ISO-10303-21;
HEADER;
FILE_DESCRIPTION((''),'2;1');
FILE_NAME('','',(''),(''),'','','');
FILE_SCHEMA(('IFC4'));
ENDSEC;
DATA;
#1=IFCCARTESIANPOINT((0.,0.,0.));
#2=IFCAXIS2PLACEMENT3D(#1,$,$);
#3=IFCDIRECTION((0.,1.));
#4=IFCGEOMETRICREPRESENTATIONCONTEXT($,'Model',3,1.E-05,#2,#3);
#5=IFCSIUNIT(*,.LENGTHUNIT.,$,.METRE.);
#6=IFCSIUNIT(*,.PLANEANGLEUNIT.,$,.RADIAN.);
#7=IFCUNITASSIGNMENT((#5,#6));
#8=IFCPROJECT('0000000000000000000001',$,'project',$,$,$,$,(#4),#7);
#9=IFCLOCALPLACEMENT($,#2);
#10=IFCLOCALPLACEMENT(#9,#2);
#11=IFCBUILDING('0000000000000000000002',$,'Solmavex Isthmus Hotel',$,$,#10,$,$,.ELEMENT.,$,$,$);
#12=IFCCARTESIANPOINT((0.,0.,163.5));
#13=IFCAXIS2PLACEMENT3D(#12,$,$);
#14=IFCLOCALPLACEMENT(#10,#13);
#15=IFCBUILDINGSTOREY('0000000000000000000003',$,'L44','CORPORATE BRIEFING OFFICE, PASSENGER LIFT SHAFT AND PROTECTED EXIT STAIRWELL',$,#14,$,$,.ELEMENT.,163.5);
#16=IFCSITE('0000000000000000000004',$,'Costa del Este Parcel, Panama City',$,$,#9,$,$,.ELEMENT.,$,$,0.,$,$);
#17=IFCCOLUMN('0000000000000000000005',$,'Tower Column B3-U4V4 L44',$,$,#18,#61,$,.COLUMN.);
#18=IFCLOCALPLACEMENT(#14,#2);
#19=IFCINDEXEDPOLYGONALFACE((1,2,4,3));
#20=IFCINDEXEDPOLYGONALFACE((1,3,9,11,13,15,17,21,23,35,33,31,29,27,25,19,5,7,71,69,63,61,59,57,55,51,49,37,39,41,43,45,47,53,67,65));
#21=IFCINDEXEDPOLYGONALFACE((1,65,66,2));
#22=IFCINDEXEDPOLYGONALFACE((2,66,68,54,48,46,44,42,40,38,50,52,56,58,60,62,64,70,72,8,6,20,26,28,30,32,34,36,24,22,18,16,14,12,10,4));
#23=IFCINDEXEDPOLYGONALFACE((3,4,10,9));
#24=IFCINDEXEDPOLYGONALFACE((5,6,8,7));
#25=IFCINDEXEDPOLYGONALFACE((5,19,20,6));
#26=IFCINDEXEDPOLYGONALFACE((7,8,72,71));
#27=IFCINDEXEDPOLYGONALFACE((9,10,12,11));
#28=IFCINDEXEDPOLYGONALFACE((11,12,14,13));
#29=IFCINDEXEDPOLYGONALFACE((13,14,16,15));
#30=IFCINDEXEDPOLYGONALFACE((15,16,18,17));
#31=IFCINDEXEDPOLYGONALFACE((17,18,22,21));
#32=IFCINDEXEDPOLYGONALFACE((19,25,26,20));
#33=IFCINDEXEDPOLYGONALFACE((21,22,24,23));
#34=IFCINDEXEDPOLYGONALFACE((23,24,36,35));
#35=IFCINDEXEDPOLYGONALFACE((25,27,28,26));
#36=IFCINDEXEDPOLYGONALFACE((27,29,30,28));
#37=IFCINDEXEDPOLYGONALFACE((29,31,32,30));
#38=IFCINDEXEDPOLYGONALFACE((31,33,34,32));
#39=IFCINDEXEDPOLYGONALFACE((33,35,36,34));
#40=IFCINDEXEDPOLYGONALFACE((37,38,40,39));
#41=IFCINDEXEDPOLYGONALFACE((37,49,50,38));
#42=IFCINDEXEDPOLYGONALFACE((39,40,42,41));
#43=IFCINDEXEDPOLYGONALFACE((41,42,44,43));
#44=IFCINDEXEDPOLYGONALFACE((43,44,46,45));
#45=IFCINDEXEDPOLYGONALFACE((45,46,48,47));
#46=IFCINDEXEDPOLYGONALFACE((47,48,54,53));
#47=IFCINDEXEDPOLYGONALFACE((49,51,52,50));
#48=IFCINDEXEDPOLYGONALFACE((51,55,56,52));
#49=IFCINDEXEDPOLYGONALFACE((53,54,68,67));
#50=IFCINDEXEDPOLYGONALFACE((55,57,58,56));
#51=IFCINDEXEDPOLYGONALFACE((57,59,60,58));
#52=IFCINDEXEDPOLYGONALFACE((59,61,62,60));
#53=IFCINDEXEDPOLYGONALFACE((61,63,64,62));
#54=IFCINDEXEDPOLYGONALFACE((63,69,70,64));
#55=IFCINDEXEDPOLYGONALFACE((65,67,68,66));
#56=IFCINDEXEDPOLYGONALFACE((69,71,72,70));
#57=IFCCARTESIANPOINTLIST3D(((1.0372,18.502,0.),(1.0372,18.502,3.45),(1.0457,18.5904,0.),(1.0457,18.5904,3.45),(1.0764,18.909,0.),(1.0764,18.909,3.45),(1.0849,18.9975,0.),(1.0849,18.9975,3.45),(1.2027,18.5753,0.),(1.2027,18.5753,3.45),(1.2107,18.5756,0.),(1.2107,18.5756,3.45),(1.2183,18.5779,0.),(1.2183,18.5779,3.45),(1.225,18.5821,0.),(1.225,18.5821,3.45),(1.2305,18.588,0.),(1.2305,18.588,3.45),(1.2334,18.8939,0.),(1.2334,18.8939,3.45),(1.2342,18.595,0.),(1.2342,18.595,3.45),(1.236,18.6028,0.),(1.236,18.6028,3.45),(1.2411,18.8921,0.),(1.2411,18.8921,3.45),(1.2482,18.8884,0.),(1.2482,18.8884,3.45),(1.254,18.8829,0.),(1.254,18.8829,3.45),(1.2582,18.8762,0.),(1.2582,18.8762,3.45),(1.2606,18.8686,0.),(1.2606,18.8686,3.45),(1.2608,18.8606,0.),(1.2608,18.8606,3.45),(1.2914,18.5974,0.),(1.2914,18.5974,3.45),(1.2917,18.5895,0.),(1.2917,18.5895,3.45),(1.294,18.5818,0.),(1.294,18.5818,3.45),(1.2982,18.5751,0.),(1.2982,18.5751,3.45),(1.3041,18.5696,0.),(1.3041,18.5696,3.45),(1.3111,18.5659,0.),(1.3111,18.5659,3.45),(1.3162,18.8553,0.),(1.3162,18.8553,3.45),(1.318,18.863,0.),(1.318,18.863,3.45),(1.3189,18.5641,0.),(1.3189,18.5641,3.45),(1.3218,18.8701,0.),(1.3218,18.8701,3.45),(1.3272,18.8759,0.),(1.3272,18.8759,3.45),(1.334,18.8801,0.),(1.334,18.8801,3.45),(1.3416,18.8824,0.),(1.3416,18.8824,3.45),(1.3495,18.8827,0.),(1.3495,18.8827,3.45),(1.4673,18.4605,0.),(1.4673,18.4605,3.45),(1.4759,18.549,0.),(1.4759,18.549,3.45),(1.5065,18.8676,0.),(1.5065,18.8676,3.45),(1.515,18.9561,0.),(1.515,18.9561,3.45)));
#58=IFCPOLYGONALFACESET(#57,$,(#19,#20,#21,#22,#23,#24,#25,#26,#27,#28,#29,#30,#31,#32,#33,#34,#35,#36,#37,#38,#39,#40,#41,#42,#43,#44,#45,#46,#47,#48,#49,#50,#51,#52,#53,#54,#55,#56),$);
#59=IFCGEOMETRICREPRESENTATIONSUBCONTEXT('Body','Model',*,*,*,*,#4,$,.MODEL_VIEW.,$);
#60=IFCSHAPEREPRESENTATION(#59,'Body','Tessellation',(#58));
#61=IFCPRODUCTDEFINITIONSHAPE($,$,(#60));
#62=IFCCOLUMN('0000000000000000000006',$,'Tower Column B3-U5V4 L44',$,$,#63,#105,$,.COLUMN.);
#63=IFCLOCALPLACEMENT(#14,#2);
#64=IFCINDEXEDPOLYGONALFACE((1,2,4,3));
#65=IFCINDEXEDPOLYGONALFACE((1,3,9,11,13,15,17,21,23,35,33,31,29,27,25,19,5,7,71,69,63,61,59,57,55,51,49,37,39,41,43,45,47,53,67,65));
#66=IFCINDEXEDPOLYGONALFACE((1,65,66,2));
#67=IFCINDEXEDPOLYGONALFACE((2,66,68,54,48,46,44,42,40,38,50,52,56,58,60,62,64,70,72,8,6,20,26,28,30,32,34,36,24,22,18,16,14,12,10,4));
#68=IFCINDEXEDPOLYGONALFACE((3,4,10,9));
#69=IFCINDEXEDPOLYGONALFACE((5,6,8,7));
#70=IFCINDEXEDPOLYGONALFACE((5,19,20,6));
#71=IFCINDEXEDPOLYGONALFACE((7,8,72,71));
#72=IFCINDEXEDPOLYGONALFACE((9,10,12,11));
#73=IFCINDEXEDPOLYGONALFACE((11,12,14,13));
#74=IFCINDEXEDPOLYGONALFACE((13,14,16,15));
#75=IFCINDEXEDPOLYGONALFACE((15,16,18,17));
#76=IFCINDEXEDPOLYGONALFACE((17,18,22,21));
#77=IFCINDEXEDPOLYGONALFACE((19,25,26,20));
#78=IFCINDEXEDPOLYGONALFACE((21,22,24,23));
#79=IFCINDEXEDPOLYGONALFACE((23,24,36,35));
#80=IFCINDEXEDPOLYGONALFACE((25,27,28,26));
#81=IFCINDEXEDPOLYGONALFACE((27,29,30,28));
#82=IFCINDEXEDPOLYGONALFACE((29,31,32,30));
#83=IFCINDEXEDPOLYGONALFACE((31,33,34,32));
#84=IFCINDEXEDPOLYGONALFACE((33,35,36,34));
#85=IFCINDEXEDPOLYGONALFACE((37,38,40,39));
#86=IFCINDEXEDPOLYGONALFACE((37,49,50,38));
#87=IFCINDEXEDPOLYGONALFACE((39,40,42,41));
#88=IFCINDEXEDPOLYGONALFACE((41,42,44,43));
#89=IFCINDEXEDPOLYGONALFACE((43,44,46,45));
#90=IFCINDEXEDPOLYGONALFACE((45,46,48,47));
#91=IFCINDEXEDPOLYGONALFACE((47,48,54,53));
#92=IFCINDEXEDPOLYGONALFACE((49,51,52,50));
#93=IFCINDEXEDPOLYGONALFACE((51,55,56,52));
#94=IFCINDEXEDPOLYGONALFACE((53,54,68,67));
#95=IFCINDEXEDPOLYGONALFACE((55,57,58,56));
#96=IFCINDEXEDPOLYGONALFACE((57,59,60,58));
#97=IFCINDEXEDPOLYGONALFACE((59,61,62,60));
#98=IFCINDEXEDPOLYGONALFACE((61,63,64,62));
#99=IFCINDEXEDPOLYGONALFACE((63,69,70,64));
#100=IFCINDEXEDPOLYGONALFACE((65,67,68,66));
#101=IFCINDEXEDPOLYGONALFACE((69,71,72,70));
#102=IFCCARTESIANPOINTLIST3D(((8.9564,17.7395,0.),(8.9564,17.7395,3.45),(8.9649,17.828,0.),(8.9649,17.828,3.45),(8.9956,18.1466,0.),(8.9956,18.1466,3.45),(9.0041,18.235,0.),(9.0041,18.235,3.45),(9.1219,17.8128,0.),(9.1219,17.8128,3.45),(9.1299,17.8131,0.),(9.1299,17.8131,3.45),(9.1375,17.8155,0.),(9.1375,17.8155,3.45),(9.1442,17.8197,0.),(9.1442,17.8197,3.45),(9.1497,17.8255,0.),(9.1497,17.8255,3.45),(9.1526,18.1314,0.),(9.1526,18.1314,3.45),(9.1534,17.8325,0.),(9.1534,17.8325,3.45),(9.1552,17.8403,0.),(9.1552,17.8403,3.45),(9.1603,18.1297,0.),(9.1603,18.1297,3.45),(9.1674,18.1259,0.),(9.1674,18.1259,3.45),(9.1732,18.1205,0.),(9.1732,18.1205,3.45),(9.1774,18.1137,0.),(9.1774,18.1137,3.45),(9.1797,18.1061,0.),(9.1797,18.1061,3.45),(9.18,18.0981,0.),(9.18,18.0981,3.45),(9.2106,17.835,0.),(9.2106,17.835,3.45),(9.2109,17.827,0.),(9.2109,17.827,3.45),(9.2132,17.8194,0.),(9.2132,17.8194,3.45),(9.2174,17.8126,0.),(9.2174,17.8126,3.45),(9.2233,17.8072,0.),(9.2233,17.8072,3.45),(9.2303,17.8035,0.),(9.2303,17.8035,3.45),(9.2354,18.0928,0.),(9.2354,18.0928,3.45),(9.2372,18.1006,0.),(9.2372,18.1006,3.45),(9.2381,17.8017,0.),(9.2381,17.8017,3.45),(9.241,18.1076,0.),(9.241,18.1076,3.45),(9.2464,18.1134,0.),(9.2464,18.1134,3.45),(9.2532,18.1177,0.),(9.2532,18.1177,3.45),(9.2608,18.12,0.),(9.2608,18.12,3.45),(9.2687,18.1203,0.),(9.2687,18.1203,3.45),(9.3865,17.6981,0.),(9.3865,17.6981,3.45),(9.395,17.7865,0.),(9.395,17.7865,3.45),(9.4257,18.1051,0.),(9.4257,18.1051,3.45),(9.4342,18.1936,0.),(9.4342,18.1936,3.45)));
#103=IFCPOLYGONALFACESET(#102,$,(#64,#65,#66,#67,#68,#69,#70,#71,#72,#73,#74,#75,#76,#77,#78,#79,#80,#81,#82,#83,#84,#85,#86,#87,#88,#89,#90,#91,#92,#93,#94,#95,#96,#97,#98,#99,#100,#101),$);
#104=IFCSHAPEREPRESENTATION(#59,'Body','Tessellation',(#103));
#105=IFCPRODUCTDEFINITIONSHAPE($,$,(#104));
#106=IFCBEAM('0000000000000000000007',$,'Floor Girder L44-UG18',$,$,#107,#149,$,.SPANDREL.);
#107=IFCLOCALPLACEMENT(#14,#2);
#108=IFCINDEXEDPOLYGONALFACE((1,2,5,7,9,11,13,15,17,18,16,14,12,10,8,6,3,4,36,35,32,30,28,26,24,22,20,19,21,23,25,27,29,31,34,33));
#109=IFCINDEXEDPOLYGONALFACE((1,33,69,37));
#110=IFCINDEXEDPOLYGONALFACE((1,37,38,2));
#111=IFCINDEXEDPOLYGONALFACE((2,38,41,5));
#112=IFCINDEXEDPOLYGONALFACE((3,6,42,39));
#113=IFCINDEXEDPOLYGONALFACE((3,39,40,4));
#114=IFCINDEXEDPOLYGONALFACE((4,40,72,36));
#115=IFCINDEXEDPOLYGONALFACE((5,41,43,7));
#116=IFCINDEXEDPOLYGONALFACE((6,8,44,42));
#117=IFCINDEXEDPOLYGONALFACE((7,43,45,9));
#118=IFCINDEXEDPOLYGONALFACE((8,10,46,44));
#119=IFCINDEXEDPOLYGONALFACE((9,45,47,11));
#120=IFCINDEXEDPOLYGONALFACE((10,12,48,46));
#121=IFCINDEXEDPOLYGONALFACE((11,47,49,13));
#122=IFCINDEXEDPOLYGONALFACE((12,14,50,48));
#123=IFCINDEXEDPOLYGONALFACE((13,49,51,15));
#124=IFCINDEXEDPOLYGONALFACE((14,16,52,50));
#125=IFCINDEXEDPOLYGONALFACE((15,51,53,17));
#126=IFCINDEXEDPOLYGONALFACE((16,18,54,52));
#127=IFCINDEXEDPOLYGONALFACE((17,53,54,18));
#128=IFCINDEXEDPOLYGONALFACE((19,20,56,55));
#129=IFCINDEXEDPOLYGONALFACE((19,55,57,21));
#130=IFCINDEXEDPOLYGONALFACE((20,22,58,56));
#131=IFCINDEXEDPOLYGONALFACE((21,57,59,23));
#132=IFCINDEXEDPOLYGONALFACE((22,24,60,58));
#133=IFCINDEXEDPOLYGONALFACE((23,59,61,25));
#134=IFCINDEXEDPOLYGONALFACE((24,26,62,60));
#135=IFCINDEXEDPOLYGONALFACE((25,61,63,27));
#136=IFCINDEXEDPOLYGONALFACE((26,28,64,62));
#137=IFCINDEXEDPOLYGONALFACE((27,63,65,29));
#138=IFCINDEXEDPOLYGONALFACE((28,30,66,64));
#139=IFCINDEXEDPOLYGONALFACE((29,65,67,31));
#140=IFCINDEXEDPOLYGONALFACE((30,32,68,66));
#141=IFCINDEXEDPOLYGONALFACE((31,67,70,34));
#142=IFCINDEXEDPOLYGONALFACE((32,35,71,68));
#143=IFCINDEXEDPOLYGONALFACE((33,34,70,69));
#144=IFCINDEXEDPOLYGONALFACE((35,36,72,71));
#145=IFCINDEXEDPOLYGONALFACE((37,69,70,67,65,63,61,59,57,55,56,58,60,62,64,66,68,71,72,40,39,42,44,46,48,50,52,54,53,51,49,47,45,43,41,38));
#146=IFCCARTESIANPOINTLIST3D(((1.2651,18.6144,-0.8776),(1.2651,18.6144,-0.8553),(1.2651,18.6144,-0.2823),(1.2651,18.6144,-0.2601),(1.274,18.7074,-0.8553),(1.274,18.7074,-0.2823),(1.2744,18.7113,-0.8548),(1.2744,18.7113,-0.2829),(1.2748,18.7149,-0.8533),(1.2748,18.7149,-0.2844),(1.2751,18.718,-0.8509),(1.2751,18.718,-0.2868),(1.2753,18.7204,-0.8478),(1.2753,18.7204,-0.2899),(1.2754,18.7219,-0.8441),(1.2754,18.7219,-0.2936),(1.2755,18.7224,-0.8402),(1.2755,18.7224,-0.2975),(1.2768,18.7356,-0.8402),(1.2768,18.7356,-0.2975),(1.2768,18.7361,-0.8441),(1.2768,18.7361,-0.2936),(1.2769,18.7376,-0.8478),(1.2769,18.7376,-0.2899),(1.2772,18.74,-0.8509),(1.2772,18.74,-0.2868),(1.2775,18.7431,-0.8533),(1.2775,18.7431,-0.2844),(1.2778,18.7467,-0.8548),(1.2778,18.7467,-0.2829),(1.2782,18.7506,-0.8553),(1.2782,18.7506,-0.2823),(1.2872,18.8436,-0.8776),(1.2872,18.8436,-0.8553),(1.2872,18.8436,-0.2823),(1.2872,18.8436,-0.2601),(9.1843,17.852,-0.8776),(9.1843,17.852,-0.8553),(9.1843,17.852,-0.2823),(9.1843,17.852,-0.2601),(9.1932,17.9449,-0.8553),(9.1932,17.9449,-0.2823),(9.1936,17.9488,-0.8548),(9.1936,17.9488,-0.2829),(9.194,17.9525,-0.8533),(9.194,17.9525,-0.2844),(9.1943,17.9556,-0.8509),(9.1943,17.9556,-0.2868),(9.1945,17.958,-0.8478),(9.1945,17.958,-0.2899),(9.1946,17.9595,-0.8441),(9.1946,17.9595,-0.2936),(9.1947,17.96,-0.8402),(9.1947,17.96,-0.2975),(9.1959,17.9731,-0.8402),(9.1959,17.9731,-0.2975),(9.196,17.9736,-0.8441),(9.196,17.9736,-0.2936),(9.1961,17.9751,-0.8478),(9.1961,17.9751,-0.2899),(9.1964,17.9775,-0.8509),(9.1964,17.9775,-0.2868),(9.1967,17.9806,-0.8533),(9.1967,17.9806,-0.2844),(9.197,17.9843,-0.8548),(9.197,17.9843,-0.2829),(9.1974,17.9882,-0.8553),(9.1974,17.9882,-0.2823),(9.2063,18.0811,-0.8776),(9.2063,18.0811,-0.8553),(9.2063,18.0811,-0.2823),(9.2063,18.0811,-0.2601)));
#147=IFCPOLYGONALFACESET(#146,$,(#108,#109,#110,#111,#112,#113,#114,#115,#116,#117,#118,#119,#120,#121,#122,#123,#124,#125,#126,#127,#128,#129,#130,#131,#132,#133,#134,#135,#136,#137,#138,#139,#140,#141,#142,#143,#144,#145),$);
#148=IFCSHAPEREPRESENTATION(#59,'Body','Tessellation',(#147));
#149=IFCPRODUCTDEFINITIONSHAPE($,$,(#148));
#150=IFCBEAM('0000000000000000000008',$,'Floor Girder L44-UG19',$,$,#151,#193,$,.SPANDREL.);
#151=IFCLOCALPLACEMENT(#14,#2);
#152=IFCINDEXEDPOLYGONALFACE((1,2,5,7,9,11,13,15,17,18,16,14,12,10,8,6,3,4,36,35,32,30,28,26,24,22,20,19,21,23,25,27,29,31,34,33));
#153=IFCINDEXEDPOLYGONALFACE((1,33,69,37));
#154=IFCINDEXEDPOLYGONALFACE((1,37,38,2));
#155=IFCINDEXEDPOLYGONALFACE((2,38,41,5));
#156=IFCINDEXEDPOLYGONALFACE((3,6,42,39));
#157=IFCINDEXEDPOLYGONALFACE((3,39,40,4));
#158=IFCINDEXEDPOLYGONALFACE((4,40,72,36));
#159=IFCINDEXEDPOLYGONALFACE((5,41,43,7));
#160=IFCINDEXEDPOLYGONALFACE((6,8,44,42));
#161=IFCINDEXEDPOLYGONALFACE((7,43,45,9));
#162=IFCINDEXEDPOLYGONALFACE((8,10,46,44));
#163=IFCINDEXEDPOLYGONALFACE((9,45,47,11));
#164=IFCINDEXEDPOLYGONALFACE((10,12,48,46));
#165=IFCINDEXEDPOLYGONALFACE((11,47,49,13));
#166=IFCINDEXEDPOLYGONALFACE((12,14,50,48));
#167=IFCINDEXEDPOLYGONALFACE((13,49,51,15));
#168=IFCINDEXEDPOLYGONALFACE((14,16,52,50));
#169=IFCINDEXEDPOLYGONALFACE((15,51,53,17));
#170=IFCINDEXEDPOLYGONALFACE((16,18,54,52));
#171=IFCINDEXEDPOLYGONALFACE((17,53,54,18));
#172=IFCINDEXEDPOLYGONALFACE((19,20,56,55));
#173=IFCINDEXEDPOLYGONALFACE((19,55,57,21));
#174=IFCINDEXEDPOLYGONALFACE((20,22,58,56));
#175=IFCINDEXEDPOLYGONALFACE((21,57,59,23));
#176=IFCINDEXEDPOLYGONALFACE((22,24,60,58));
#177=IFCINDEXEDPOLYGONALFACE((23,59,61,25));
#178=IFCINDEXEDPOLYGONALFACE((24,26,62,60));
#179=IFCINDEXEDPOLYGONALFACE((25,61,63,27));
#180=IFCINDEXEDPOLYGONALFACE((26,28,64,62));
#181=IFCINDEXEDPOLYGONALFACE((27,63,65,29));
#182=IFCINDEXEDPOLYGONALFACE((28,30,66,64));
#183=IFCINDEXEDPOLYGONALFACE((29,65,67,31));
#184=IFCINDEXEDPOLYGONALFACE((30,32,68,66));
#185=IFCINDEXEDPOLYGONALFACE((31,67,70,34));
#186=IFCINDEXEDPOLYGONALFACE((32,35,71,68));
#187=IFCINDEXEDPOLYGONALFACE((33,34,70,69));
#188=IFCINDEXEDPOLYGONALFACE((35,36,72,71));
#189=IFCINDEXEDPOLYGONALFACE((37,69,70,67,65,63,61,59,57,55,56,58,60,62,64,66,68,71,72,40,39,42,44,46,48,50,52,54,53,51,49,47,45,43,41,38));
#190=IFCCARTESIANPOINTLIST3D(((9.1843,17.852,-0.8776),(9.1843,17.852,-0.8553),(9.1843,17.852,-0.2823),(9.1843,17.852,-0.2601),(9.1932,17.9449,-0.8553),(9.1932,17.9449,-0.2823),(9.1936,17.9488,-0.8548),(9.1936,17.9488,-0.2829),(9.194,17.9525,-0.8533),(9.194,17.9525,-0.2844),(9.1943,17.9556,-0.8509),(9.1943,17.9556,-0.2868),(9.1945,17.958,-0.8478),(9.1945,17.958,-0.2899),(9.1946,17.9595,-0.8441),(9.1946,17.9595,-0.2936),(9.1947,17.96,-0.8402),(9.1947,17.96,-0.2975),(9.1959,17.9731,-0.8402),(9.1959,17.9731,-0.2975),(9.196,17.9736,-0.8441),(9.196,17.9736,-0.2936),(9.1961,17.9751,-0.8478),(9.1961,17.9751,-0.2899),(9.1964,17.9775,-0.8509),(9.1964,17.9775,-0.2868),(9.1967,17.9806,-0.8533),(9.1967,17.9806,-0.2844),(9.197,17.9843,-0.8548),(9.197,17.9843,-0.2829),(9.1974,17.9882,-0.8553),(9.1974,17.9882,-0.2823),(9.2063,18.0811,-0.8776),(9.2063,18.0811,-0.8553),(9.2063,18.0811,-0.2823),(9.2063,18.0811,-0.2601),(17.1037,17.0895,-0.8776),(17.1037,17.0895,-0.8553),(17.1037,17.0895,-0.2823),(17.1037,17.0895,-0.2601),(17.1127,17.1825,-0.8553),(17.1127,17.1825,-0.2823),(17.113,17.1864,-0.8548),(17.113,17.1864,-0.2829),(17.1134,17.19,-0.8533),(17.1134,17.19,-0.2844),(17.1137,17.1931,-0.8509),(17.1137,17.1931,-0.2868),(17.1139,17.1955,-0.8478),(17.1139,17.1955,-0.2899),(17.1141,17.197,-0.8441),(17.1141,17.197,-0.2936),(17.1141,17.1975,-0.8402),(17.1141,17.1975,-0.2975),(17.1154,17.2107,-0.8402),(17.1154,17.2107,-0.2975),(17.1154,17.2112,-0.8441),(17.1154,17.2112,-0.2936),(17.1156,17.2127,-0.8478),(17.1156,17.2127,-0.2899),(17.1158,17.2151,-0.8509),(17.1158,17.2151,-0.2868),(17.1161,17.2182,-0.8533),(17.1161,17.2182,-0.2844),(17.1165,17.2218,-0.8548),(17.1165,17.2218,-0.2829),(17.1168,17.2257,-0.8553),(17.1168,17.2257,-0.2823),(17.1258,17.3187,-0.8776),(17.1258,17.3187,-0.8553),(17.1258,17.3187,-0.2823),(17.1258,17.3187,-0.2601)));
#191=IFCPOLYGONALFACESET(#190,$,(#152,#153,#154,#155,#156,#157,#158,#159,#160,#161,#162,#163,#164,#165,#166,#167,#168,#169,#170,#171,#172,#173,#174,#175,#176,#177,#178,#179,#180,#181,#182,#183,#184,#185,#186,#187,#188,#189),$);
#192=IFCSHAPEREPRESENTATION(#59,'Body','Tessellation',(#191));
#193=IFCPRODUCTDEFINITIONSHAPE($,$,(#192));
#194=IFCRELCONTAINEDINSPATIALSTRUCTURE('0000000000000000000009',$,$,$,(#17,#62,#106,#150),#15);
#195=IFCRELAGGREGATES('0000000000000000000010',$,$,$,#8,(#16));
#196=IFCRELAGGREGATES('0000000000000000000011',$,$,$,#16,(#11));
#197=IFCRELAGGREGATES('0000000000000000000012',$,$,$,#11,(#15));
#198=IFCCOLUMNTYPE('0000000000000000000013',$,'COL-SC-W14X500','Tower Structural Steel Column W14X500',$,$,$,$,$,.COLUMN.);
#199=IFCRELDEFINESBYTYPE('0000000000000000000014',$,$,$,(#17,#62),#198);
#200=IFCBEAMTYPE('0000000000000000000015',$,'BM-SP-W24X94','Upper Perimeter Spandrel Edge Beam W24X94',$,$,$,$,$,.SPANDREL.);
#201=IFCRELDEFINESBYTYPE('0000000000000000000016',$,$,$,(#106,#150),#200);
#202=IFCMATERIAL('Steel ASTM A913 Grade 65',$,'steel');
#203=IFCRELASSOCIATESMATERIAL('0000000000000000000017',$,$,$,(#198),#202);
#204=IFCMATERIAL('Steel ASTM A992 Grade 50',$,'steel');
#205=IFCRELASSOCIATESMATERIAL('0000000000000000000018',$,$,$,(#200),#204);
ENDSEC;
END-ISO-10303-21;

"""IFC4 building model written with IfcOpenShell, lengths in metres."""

from ifc_helpers import new_model, si_unit, direction, frame, origin, origin_2d, place, context, subcontext, project, spatial, i_section, extrude, material, material_profile, profile_set, type_object, element, save


model = new_model("IFC4")

# Units and contexts
model_context = context("Model", 3, precision=1e-05, world=origin(), true_north=direction((0.0, 1.0)))
body_context = subcontext(model_context, "Body", "Model", "MODEL_VIEW")
ifc_project = project(units=[si_unit("LENGTHUNIT", "METRE"), si_unit("PLANEANGLEUNIT", "RADIAN")], contexts=[model_context])

# Site, building, storey
site_placement = place(None, origin())
site = spatial("IfcSite", under=ifc_project, at=site_placement, Name="Costa del Este Parcel, Panama City", CompositionType="ELEMENT", RefElevation=0.0)
building_placement = place(site_placement, origin())
building = spatial("IfcBuilding", under=site, at=building_placement, Name="Solmavex Isthmus Hotel", CompositionType="ELEMENT")
storey_placement = place(building_placement, frame((0.0, 0.0, 163.5)))
storey = spatial("IfcBuildingStorey", under=building, at=storey_placement, Name="L44", Description="CORPORATE BRIEFING OFFICE, PASSENGER LIFT SHAFT AND PROTECTED EXIT STAIRWELL", CompositionType="ELEMENT", Elevation=163.5)

# Columns
ifc_material_1 = material(Name="Steel ASTM A913 Grade 65", Category="steel")
ifc_material_profile_1 = material_profile(ifc_material_1, i_section(OverallWidth=0.4321, OverallDepth=0.4978, WebThickness=0.0557, FlangeThickness=0.0889, FilletRadius=0.0305, at=origin_2d()), Name="W14X500")
ifc_profile_set_1 = profile_set([ifc_material_profile_1], Name="Steel ASTM A913 Grade 65")
column_type = type_object("IfcColumnType", Name="COL-SC-W14X500", Description="Tower Structural Steel Column W14X500", PredefinedType="COLUMN", material=ifc_profile_set_1)
for number, where, z_axis, x_axis, name in (
    (1, (1.2761, 18.729, 0.0), (0.0, 0.0, 1.0), (0.995396, -0.095846, 0.0), "Tower Column B3-U4V4 L44"),
    (2, (9.1953, 17.9666, 0.0), (0.0, 0.0, 1.0), (0.995396, -0.095846, 0.0), "Tower Column B3-U5V4 L44"),
):
    element("IfcColumn", number, at=place(storey_placement, frame(where, z_axis=z_axis, x_axis=x_axis)), inside=storey, type_object=column_type, Name=name, PredefinedType="COLUMN", context=body_context, shape_type="SweptSolid", body=[
        extrude(i_section(OverallWidth=0.4321, OverallDepth=0.4978, WebThickness=0.0557, FlangeThickness=0.0889, FilletRadius=0.0305, at=origin_2d()), origin(), (0.0, 0.0, 1.0), 3.45),
    ])

# Beams
ifc_material_2 = material(Name="Steel ASTM A992 Grade 50", Category="steel")
ifc_material_profile_2 = material_profile(ifc_material_2, i_section(OverallWidth=0.2302, OverallDepth=0.6174, WebThickness=0.0132, FlangeThickness=0.0222, FilletRadius=0.0151, at=origin_2d()), Name="W24X94")
ifc_profile_set_2 = profile_set([ifc_material_profile_2], Name="Steel ASTM A992 Grade 50")
beam_type = type_object("IfcBeamType", Name="BM-SP-W24X94", Description="Upper Perimeter Spandrel Edge Beam W24X94", PredefinedType="SPANDREL", material=ifc_profile_set_2)
beam_1_placement = place(storey_placement, frame((1.2761, 18.729, -0.5688), z_axis=(0.995397, -0.095836, 0.0), x_axis=(0.095836, 0.995397, 0.0)))
element("IfcBeam", 3, at=beam_1_placement, inside=storey, type_object=beam_type, Name="Floor Girder L44-UG18", PredefinedType="SPANDREL", context=body_context, shape_type="SweptSolid", body=[
    extrude(i_section(OverallWidth=0.2302, OverallDepth=0.6174, WebThickness=0.0132, FlangeThickness=0.0222, FilletRadius=0.0151, at=origin_2d()), origin(), (0.0, 0.0, 1.0), 7.9558),
])
beam_2_placement = place(storey_placement, frame((9.1953, 17.9666, -0.5688), z_axis=(0.995397, -0.095833, 0.0), x_axis=(0.095833, 0.995397, 0.0)))
element("IfcBeam", 4, at=beam_2_placement, inside=storey, type_object=beam_type, Name="Floor Girder L44-UG19", PredefinedType="SPANDREL", context=body_context, shape_type="SweptSolid", body=[
    extrude(i_section(OverallWidth=0.2302, OverallDepth=0.6174, WebThickness=0.0132, FlangeThickness=0.0222, FilletRadius=0.0151, at=origin_2d()), origin(), (0.0, 0.0, 1.0), 7.9561),
])

save(model, "model.ifc")
